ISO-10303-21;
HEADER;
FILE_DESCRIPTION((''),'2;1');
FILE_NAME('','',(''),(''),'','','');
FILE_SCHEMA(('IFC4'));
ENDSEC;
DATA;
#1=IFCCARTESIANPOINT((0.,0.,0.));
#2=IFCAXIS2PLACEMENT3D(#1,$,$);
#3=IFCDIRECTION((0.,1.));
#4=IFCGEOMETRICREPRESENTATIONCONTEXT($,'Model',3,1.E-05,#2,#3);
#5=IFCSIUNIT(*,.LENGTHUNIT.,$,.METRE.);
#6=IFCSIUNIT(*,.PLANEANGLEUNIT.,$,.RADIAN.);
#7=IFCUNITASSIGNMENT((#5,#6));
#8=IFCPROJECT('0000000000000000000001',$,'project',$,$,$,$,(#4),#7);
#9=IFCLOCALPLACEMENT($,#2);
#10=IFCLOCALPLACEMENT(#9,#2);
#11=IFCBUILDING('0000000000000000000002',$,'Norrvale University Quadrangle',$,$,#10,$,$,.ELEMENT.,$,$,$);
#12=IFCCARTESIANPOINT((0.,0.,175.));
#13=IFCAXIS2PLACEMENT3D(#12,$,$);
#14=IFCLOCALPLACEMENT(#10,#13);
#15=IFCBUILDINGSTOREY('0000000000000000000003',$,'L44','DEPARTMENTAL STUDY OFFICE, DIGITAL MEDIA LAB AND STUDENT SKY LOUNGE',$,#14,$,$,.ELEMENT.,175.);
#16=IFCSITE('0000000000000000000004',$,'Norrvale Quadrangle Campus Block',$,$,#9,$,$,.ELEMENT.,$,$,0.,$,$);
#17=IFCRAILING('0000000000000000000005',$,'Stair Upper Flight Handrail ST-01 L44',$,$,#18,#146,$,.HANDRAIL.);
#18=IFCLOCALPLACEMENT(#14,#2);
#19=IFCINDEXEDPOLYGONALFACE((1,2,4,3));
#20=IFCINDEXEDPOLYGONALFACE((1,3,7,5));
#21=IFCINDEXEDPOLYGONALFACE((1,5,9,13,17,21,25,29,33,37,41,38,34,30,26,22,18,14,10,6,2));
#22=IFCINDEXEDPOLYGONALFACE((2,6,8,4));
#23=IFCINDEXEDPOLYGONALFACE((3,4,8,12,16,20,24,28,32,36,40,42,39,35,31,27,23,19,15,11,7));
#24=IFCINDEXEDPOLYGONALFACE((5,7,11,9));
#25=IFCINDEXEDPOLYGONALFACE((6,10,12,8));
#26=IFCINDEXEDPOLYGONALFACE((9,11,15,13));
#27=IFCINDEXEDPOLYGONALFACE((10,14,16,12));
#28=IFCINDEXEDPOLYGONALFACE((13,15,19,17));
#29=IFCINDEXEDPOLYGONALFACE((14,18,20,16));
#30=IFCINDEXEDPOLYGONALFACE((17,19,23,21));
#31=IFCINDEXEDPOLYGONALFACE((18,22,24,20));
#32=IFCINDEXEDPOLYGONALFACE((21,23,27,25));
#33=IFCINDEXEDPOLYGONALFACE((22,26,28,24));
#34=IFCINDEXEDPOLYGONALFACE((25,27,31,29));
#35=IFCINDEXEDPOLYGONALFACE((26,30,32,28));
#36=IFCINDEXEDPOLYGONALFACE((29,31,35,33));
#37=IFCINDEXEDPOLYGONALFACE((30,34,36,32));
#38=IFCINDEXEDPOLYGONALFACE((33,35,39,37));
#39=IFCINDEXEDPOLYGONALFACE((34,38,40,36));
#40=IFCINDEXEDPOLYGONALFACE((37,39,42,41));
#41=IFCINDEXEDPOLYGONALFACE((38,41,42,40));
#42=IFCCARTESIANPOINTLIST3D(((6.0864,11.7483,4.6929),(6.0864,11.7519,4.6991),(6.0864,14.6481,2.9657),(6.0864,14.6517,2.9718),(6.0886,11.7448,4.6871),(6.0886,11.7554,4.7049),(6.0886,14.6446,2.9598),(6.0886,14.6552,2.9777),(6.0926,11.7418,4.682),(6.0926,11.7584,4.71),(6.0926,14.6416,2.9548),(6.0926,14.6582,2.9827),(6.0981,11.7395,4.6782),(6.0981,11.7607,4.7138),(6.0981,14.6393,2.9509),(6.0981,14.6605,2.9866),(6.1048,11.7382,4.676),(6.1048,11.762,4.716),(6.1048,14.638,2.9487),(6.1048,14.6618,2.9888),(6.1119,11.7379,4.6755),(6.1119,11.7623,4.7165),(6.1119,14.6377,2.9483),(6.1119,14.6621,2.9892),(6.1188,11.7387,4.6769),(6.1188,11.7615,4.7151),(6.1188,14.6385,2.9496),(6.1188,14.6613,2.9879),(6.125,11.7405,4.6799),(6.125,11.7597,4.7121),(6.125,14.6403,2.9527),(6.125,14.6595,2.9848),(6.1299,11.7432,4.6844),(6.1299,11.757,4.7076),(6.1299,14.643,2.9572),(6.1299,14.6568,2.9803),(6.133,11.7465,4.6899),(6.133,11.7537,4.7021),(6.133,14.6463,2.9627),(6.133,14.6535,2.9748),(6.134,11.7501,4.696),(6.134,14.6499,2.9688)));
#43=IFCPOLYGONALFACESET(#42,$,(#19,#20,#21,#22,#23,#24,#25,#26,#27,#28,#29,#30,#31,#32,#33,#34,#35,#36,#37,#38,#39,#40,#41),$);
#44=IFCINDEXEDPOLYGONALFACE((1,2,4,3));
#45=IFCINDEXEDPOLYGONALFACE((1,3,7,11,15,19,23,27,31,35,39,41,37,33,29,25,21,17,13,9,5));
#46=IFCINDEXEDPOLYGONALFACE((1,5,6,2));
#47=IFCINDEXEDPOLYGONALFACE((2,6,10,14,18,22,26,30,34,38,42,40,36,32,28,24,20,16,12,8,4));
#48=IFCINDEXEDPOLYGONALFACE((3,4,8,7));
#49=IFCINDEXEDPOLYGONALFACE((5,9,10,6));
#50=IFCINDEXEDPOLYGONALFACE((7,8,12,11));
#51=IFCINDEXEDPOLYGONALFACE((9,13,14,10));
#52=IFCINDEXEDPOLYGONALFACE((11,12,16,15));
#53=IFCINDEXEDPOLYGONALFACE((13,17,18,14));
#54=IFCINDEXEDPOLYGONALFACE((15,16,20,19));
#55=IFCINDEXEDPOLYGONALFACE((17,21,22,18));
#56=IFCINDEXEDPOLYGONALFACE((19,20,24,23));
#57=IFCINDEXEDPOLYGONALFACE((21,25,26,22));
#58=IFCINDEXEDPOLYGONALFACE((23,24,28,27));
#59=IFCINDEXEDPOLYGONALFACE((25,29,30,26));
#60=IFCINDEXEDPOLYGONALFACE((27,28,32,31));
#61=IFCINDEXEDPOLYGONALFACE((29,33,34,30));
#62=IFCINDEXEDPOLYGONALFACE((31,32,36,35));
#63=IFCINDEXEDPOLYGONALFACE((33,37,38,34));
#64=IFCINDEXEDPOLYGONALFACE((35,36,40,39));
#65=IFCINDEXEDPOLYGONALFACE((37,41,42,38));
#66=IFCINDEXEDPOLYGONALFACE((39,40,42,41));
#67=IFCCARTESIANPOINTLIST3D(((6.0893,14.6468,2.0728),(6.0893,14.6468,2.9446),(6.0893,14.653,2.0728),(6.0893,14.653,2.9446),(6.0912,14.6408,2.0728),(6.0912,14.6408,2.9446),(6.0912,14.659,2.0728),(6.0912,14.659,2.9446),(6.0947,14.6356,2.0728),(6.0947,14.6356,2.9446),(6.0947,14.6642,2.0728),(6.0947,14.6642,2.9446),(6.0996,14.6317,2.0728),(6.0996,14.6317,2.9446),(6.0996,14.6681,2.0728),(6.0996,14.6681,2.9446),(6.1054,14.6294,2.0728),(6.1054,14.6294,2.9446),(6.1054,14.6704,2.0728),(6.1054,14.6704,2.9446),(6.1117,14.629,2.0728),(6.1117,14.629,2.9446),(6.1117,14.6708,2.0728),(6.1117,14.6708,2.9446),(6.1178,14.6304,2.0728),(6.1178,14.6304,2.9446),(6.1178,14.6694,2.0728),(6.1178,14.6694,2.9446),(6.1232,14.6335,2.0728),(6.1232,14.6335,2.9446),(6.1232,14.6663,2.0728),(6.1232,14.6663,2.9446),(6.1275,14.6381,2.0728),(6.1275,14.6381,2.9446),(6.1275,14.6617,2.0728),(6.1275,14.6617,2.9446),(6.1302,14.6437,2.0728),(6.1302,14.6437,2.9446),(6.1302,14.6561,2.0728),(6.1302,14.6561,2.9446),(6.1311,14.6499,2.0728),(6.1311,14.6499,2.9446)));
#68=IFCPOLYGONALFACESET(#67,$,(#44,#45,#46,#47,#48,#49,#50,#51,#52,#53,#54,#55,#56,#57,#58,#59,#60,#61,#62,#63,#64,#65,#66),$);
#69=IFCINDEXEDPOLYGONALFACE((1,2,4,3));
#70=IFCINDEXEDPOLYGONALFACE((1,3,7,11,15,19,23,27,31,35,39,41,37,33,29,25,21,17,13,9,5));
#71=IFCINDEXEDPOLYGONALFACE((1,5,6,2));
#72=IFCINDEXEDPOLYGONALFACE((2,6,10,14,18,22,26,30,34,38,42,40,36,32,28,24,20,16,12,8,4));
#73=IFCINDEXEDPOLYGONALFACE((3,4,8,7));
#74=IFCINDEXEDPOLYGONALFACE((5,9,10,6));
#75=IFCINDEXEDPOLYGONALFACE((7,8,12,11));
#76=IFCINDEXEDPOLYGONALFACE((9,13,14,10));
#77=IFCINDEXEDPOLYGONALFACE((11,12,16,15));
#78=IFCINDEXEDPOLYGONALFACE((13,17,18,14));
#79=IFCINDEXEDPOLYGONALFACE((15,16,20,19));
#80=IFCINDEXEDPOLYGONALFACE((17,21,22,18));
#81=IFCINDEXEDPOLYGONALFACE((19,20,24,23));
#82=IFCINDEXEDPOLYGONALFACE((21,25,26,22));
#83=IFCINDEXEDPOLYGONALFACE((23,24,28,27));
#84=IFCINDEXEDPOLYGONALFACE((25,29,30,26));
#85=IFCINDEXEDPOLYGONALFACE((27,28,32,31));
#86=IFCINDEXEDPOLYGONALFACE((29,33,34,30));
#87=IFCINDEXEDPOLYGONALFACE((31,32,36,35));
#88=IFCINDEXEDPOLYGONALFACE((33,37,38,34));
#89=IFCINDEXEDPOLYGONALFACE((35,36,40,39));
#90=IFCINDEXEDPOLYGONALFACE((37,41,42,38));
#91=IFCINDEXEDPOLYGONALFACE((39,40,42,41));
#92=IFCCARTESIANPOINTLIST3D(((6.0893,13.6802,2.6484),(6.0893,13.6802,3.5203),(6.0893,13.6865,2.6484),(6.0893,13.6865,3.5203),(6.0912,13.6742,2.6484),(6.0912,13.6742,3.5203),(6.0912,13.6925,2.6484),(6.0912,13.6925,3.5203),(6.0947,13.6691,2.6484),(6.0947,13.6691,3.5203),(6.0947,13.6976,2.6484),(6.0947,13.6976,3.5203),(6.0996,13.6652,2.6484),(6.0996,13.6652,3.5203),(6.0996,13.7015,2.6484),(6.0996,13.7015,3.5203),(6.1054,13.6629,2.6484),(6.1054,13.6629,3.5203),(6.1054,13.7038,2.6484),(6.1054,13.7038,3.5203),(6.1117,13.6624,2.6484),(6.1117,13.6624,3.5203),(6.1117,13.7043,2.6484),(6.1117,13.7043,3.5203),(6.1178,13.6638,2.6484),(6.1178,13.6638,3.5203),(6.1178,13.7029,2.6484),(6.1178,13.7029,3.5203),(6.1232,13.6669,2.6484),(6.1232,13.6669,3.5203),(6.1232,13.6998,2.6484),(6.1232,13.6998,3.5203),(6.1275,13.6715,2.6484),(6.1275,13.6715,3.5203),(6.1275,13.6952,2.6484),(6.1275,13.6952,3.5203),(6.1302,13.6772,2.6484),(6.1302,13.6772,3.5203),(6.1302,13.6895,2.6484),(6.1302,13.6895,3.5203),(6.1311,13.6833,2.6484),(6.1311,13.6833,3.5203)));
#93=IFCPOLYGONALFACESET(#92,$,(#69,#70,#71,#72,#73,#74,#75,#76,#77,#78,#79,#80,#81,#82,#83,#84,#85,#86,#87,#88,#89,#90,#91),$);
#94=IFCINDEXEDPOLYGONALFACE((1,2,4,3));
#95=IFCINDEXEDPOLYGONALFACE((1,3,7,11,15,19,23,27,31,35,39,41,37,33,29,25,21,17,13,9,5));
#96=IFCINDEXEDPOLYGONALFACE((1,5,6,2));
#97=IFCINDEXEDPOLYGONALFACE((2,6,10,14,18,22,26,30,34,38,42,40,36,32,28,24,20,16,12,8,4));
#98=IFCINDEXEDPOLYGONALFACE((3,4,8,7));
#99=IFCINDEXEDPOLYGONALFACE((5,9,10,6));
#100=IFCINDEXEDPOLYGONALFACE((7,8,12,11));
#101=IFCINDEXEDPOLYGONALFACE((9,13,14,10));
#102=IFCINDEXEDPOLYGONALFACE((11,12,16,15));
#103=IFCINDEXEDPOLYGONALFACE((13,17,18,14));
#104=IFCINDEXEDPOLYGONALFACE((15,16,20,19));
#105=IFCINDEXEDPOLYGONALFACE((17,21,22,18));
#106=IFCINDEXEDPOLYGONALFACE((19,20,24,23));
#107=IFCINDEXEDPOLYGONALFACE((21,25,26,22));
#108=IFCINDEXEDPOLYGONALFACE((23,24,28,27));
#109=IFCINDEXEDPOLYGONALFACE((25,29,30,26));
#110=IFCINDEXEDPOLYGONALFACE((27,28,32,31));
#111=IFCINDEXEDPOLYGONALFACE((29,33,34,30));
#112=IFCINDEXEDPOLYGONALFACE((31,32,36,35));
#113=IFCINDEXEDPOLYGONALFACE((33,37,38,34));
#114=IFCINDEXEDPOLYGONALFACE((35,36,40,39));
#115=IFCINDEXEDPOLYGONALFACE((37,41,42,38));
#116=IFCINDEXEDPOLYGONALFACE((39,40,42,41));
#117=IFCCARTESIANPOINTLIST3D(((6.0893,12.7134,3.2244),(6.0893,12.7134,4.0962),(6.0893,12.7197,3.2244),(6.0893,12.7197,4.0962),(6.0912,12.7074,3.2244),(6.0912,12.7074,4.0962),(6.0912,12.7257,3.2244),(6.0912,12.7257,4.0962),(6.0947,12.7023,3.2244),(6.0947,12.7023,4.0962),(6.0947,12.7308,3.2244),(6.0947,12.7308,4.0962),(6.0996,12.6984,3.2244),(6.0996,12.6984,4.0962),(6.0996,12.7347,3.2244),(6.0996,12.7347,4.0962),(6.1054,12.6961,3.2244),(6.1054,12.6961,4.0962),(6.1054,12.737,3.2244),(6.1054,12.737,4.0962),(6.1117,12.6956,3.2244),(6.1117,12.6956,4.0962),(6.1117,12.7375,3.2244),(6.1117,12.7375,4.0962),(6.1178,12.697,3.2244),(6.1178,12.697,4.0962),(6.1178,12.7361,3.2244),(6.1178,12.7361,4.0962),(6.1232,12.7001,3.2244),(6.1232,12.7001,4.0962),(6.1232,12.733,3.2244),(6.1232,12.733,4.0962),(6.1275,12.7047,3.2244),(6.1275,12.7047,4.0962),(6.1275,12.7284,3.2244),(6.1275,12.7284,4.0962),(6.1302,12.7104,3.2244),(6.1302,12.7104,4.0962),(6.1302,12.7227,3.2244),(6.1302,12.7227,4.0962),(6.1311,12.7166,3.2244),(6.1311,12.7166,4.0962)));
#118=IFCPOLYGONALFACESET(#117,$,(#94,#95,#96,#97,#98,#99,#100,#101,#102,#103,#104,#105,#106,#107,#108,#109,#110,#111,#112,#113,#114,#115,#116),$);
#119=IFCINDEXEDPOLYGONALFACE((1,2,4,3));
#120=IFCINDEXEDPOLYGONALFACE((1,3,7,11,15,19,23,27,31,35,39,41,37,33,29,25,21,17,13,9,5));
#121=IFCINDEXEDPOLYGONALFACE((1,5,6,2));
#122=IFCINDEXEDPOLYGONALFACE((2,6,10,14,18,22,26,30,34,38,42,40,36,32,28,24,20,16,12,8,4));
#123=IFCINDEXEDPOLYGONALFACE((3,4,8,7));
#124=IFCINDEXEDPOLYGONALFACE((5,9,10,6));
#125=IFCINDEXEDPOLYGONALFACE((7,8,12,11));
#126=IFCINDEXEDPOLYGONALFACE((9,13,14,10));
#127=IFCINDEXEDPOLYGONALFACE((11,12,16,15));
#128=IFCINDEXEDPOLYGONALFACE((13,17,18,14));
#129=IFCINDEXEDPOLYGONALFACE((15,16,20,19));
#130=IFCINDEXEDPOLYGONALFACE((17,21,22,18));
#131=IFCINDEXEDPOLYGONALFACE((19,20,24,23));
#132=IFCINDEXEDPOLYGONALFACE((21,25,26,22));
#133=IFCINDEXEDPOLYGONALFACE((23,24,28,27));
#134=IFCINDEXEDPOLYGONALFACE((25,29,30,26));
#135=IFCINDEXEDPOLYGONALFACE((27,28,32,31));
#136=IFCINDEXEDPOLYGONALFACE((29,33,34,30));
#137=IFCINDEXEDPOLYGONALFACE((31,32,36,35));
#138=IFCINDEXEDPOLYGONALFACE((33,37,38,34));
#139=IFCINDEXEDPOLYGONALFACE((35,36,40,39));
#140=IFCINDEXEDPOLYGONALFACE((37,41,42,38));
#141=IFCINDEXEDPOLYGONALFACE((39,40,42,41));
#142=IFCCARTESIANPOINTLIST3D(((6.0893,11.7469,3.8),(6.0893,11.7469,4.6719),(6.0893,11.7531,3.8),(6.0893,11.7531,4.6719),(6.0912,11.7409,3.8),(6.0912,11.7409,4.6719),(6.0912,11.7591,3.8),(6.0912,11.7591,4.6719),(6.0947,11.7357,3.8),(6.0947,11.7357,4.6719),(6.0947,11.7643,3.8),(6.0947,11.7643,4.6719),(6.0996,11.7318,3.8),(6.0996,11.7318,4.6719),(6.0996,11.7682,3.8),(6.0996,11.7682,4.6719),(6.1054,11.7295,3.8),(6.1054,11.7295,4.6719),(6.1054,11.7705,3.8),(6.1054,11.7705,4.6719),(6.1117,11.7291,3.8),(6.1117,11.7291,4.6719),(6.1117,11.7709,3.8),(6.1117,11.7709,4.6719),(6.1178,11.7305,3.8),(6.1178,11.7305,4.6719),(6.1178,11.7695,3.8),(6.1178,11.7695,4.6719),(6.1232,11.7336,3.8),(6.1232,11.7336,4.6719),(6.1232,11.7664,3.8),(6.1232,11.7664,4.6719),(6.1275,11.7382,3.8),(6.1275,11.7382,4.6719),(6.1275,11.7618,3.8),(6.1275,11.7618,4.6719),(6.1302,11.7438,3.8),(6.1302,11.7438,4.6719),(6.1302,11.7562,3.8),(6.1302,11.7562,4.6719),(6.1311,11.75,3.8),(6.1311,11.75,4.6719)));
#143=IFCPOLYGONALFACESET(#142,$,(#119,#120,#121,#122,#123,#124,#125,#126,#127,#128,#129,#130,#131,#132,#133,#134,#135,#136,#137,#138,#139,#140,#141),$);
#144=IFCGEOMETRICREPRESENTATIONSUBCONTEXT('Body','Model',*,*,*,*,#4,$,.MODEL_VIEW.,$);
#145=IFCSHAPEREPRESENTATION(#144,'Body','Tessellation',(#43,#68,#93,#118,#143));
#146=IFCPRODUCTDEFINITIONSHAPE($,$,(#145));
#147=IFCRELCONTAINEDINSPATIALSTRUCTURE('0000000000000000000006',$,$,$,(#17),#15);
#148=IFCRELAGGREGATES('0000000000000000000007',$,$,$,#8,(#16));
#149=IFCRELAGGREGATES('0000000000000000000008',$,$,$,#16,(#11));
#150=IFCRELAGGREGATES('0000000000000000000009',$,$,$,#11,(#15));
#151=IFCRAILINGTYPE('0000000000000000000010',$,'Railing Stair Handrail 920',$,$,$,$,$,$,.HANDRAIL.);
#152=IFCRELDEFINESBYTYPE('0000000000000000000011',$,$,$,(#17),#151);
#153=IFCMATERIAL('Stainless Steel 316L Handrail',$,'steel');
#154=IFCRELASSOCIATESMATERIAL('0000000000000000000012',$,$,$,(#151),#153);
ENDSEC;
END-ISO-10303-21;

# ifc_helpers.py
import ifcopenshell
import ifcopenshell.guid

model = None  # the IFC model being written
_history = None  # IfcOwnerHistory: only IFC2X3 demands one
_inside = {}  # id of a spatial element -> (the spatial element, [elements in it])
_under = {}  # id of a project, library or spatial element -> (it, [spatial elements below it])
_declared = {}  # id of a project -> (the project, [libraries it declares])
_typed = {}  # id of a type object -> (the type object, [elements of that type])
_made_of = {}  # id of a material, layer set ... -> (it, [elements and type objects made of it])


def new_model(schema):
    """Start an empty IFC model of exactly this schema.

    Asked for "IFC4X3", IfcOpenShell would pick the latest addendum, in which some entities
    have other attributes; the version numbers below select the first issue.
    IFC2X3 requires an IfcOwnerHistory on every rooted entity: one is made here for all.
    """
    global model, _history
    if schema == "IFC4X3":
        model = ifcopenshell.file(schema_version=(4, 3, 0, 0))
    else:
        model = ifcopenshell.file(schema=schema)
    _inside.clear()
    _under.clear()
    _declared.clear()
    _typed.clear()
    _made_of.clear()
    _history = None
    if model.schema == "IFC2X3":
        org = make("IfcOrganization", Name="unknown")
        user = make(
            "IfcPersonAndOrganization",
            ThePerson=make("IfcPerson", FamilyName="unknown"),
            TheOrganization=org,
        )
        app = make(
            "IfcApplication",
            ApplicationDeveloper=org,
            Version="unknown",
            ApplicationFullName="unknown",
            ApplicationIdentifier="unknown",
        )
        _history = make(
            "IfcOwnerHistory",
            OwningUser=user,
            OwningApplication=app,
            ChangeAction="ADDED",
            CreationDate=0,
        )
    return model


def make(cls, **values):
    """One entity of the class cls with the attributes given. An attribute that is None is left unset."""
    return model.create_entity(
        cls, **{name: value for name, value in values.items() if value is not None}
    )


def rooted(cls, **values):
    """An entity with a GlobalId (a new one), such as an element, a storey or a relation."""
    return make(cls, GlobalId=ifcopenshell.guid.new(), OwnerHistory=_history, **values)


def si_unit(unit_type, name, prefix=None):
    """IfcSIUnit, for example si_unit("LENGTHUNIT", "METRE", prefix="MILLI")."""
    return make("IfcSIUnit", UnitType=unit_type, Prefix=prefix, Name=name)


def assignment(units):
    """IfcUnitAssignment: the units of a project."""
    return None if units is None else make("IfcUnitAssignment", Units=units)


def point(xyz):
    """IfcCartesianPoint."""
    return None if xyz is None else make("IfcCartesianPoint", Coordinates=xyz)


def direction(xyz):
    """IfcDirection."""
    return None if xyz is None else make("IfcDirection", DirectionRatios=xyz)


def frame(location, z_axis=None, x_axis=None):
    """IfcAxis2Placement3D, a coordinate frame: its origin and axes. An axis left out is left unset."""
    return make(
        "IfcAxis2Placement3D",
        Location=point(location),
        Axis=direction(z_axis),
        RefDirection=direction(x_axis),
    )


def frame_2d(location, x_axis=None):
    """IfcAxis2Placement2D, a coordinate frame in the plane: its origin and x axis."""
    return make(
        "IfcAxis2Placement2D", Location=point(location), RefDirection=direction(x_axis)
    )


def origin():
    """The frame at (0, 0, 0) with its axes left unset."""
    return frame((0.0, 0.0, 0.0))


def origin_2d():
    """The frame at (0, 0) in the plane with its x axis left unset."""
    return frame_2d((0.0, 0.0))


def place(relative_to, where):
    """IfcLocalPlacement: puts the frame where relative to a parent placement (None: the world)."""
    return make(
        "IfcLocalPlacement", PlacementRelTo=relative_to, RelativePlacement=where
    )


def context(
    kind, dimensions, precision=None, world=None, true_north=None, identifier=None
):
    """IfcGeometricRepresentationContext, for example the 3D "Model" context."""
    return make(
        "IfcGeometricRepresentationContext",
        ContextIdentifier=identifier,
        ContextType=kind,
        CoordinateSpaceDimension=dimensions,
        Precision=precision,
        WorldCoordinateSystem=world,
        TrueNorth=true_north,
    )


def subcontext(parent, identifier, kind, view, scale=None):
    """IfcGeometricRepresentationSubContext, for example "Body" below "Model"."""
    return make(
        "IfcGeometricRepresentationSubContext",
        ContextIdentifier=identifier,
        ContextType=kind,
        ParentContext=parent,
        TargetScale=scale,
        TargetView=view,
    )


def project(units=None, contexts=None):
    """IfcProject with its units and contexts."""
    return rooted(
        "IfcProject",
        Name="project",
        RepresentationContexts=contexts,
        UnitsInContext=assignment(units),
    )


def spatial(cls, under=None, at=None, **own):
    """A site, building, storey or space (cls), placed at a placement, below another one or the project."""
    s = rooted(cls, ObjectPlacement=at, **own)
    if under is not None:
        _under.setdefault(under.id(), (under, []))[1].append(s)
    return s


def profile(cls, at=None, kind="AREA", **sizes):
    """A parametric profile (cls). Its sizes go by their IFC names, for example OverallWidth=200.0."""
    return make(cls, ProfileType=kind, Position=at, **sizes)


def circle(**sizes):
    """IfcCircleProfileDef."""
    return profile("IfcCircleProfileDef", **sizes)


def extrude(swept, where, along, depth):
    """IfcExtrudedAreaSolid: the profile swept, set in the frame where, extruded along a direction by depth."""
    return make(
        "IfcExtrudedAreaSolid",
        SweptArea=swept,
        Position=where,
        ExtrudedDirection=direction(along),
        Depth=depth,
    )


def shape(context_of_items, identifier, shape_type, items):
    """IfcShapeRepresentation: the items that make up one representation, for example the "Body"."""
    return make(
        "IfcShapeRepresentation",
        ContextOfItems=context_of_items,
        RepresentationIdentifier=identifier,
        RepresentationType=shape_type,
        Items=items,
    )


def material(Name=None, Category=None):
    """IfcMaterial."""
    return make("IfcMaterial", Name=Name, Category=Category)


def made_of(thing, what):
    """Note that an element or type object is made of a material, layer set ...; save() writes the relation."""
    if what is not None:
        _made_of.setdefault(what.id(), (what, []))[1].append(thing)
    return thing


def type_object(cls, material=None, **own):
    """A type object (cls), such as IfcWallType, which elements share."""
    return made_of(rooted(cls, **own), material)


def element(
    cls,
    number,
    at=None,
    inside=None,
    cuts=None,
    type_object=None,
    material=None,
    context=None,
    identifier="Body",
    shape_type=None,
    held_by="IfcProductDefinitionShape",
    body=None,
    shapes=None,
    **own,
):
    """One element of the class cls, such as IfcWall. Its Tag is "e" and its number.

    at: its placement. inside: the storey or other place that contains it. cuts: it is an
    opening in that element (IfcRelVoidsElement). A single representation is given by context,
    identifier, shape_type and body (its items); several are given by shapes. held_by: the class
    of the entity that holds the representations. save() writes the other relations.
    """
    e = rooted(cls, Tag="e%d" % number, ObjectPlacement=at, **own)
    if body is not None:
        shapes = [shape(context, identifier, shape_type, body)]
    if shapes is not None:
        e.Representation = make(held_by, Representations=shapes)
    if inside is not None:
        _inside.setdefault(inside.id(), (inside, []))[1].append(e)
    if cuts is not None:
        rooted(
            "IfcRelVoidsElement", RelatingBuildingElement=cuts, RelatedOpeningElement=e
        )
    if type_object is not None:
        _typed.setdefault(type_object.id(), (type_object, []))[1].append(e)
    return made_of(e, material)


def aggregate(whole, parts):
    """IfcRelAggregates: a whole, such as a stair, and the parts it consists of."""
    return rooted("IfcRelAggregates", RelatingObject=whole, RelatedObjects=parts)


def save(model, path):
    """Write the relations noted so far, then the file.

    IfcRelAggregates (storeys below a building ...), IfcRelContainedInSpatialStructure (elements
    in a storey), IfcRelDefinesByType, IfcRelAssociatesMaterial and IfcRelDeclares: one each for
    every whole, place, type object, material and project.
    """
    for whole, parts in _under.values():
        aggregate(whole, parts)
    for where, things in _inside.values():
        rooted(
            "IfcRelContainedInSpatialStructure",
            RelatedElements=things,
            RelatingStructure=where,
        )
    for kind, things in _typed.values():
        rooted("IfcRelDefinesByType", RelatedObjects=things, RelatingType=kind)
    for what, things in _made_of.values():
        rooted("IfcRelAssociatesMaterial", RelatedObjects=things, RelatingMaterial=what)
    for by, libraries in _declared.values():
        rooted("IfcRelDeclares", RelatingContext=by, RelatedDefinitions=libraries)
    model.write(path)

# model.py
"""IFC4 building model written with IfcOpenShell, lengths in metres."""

from ifc_helpers import new_model, si_unit, direction, frame, origin, origin_2d, place, context, subcontext, project, spatial, circle, extrude, material, type_object, element, save


model = new_model("IFC4")

# Units and contexts
model_context = context("Model", 3, precision=1e-05, world=origin(), true_north=direction((0.0, 1.0)))
body_context = subcontext(model_context, "Body", "Model", "MODEL_VIEW")
ifc_project = project(units=[si_unit("LENGTHUNIT", "METRE"), si_unit("PLANEANGLEUNIT", "RADIAN")], contexts=[model_context])

# Site, building, storey
site_placement = place(None, origin())
site = spatial("IfcSite", under=ifc_project, at=site_placement, Name="Norrvale Quadrangle Campus Block", CompositionType="ELEMENT", RefElevation=0.0)
building_placement = place(site_placement, origin())
building = spatial("IfcBuilding", under=site, at=building_placement, Name="Norrvale University Quadrangle", CompositionType="ELEMENT")
storey_placement = place(building_placement, frame((0.0, 0.0, 175.0)))
storey = spatial("IfcBuildingStorey", under=building, at=storey_placement, Name="L44", Description="DEPARTMENTAL STUDY OFFICE, DIGITAL MEDIA LAB AND STUDENT SKY LOUNGE", CompositionType="ELEMENT", Elevation=175.0)

# Railing
ifc_material_1 = material(Name="Stainless Steel 316L Handrail", Category="steel")
railing_type_1 = type_object("IfcRailingType", Name="Railing Stair Handrail 920", PredefinedType="HANDRAIL", material=ifc_material_1)
railing_1_placement = place(storey_placement, frame((6.1101, 14.6499, 2.0728)))
element("IfcRailing", 1, at=railing_1_placement, inside=storey, type_object=railing_type_1, Name="Stair Upper Flight Handrail ST-01 L44", PredefinedType="HANDRAIL", context=body_context, shape_type="SweptSolid", body=[
    extrude(circle(Radius=0.0239, at=origin_2d()), frame((0.0, 0.0, 0.896), z_axis=(0.0, -0.859141, 0.511738), x_axis=(1.0, 0.0, 0.0)), (0.0, 0.0, 1.0), 3.3752),
    extrude(circle(Radius=0.021, at=origin_2d()), origin(), (0.0, 0.0, 1.0), 0.8718),
    extrude(circle(Radius=0.021, at=origin_2d()), frame((0.0, -0.9666, 0.5757)), (0.0, 0.0, 1.0), 0.8718),
    extrude(circle(Radius=0.021, at=origin_2d()), frame((0.0, -1.9333, 1.1516)), (0.0, 0.0, 1.0), 0.8718),
    extrude(circle(Radius=0.021, at=origin_2d()), frame((0.0, -2.8999, 1.7273)), (0.0, 0.0, 1.0), 0.8718),
])

save(model, "model.ifc")
